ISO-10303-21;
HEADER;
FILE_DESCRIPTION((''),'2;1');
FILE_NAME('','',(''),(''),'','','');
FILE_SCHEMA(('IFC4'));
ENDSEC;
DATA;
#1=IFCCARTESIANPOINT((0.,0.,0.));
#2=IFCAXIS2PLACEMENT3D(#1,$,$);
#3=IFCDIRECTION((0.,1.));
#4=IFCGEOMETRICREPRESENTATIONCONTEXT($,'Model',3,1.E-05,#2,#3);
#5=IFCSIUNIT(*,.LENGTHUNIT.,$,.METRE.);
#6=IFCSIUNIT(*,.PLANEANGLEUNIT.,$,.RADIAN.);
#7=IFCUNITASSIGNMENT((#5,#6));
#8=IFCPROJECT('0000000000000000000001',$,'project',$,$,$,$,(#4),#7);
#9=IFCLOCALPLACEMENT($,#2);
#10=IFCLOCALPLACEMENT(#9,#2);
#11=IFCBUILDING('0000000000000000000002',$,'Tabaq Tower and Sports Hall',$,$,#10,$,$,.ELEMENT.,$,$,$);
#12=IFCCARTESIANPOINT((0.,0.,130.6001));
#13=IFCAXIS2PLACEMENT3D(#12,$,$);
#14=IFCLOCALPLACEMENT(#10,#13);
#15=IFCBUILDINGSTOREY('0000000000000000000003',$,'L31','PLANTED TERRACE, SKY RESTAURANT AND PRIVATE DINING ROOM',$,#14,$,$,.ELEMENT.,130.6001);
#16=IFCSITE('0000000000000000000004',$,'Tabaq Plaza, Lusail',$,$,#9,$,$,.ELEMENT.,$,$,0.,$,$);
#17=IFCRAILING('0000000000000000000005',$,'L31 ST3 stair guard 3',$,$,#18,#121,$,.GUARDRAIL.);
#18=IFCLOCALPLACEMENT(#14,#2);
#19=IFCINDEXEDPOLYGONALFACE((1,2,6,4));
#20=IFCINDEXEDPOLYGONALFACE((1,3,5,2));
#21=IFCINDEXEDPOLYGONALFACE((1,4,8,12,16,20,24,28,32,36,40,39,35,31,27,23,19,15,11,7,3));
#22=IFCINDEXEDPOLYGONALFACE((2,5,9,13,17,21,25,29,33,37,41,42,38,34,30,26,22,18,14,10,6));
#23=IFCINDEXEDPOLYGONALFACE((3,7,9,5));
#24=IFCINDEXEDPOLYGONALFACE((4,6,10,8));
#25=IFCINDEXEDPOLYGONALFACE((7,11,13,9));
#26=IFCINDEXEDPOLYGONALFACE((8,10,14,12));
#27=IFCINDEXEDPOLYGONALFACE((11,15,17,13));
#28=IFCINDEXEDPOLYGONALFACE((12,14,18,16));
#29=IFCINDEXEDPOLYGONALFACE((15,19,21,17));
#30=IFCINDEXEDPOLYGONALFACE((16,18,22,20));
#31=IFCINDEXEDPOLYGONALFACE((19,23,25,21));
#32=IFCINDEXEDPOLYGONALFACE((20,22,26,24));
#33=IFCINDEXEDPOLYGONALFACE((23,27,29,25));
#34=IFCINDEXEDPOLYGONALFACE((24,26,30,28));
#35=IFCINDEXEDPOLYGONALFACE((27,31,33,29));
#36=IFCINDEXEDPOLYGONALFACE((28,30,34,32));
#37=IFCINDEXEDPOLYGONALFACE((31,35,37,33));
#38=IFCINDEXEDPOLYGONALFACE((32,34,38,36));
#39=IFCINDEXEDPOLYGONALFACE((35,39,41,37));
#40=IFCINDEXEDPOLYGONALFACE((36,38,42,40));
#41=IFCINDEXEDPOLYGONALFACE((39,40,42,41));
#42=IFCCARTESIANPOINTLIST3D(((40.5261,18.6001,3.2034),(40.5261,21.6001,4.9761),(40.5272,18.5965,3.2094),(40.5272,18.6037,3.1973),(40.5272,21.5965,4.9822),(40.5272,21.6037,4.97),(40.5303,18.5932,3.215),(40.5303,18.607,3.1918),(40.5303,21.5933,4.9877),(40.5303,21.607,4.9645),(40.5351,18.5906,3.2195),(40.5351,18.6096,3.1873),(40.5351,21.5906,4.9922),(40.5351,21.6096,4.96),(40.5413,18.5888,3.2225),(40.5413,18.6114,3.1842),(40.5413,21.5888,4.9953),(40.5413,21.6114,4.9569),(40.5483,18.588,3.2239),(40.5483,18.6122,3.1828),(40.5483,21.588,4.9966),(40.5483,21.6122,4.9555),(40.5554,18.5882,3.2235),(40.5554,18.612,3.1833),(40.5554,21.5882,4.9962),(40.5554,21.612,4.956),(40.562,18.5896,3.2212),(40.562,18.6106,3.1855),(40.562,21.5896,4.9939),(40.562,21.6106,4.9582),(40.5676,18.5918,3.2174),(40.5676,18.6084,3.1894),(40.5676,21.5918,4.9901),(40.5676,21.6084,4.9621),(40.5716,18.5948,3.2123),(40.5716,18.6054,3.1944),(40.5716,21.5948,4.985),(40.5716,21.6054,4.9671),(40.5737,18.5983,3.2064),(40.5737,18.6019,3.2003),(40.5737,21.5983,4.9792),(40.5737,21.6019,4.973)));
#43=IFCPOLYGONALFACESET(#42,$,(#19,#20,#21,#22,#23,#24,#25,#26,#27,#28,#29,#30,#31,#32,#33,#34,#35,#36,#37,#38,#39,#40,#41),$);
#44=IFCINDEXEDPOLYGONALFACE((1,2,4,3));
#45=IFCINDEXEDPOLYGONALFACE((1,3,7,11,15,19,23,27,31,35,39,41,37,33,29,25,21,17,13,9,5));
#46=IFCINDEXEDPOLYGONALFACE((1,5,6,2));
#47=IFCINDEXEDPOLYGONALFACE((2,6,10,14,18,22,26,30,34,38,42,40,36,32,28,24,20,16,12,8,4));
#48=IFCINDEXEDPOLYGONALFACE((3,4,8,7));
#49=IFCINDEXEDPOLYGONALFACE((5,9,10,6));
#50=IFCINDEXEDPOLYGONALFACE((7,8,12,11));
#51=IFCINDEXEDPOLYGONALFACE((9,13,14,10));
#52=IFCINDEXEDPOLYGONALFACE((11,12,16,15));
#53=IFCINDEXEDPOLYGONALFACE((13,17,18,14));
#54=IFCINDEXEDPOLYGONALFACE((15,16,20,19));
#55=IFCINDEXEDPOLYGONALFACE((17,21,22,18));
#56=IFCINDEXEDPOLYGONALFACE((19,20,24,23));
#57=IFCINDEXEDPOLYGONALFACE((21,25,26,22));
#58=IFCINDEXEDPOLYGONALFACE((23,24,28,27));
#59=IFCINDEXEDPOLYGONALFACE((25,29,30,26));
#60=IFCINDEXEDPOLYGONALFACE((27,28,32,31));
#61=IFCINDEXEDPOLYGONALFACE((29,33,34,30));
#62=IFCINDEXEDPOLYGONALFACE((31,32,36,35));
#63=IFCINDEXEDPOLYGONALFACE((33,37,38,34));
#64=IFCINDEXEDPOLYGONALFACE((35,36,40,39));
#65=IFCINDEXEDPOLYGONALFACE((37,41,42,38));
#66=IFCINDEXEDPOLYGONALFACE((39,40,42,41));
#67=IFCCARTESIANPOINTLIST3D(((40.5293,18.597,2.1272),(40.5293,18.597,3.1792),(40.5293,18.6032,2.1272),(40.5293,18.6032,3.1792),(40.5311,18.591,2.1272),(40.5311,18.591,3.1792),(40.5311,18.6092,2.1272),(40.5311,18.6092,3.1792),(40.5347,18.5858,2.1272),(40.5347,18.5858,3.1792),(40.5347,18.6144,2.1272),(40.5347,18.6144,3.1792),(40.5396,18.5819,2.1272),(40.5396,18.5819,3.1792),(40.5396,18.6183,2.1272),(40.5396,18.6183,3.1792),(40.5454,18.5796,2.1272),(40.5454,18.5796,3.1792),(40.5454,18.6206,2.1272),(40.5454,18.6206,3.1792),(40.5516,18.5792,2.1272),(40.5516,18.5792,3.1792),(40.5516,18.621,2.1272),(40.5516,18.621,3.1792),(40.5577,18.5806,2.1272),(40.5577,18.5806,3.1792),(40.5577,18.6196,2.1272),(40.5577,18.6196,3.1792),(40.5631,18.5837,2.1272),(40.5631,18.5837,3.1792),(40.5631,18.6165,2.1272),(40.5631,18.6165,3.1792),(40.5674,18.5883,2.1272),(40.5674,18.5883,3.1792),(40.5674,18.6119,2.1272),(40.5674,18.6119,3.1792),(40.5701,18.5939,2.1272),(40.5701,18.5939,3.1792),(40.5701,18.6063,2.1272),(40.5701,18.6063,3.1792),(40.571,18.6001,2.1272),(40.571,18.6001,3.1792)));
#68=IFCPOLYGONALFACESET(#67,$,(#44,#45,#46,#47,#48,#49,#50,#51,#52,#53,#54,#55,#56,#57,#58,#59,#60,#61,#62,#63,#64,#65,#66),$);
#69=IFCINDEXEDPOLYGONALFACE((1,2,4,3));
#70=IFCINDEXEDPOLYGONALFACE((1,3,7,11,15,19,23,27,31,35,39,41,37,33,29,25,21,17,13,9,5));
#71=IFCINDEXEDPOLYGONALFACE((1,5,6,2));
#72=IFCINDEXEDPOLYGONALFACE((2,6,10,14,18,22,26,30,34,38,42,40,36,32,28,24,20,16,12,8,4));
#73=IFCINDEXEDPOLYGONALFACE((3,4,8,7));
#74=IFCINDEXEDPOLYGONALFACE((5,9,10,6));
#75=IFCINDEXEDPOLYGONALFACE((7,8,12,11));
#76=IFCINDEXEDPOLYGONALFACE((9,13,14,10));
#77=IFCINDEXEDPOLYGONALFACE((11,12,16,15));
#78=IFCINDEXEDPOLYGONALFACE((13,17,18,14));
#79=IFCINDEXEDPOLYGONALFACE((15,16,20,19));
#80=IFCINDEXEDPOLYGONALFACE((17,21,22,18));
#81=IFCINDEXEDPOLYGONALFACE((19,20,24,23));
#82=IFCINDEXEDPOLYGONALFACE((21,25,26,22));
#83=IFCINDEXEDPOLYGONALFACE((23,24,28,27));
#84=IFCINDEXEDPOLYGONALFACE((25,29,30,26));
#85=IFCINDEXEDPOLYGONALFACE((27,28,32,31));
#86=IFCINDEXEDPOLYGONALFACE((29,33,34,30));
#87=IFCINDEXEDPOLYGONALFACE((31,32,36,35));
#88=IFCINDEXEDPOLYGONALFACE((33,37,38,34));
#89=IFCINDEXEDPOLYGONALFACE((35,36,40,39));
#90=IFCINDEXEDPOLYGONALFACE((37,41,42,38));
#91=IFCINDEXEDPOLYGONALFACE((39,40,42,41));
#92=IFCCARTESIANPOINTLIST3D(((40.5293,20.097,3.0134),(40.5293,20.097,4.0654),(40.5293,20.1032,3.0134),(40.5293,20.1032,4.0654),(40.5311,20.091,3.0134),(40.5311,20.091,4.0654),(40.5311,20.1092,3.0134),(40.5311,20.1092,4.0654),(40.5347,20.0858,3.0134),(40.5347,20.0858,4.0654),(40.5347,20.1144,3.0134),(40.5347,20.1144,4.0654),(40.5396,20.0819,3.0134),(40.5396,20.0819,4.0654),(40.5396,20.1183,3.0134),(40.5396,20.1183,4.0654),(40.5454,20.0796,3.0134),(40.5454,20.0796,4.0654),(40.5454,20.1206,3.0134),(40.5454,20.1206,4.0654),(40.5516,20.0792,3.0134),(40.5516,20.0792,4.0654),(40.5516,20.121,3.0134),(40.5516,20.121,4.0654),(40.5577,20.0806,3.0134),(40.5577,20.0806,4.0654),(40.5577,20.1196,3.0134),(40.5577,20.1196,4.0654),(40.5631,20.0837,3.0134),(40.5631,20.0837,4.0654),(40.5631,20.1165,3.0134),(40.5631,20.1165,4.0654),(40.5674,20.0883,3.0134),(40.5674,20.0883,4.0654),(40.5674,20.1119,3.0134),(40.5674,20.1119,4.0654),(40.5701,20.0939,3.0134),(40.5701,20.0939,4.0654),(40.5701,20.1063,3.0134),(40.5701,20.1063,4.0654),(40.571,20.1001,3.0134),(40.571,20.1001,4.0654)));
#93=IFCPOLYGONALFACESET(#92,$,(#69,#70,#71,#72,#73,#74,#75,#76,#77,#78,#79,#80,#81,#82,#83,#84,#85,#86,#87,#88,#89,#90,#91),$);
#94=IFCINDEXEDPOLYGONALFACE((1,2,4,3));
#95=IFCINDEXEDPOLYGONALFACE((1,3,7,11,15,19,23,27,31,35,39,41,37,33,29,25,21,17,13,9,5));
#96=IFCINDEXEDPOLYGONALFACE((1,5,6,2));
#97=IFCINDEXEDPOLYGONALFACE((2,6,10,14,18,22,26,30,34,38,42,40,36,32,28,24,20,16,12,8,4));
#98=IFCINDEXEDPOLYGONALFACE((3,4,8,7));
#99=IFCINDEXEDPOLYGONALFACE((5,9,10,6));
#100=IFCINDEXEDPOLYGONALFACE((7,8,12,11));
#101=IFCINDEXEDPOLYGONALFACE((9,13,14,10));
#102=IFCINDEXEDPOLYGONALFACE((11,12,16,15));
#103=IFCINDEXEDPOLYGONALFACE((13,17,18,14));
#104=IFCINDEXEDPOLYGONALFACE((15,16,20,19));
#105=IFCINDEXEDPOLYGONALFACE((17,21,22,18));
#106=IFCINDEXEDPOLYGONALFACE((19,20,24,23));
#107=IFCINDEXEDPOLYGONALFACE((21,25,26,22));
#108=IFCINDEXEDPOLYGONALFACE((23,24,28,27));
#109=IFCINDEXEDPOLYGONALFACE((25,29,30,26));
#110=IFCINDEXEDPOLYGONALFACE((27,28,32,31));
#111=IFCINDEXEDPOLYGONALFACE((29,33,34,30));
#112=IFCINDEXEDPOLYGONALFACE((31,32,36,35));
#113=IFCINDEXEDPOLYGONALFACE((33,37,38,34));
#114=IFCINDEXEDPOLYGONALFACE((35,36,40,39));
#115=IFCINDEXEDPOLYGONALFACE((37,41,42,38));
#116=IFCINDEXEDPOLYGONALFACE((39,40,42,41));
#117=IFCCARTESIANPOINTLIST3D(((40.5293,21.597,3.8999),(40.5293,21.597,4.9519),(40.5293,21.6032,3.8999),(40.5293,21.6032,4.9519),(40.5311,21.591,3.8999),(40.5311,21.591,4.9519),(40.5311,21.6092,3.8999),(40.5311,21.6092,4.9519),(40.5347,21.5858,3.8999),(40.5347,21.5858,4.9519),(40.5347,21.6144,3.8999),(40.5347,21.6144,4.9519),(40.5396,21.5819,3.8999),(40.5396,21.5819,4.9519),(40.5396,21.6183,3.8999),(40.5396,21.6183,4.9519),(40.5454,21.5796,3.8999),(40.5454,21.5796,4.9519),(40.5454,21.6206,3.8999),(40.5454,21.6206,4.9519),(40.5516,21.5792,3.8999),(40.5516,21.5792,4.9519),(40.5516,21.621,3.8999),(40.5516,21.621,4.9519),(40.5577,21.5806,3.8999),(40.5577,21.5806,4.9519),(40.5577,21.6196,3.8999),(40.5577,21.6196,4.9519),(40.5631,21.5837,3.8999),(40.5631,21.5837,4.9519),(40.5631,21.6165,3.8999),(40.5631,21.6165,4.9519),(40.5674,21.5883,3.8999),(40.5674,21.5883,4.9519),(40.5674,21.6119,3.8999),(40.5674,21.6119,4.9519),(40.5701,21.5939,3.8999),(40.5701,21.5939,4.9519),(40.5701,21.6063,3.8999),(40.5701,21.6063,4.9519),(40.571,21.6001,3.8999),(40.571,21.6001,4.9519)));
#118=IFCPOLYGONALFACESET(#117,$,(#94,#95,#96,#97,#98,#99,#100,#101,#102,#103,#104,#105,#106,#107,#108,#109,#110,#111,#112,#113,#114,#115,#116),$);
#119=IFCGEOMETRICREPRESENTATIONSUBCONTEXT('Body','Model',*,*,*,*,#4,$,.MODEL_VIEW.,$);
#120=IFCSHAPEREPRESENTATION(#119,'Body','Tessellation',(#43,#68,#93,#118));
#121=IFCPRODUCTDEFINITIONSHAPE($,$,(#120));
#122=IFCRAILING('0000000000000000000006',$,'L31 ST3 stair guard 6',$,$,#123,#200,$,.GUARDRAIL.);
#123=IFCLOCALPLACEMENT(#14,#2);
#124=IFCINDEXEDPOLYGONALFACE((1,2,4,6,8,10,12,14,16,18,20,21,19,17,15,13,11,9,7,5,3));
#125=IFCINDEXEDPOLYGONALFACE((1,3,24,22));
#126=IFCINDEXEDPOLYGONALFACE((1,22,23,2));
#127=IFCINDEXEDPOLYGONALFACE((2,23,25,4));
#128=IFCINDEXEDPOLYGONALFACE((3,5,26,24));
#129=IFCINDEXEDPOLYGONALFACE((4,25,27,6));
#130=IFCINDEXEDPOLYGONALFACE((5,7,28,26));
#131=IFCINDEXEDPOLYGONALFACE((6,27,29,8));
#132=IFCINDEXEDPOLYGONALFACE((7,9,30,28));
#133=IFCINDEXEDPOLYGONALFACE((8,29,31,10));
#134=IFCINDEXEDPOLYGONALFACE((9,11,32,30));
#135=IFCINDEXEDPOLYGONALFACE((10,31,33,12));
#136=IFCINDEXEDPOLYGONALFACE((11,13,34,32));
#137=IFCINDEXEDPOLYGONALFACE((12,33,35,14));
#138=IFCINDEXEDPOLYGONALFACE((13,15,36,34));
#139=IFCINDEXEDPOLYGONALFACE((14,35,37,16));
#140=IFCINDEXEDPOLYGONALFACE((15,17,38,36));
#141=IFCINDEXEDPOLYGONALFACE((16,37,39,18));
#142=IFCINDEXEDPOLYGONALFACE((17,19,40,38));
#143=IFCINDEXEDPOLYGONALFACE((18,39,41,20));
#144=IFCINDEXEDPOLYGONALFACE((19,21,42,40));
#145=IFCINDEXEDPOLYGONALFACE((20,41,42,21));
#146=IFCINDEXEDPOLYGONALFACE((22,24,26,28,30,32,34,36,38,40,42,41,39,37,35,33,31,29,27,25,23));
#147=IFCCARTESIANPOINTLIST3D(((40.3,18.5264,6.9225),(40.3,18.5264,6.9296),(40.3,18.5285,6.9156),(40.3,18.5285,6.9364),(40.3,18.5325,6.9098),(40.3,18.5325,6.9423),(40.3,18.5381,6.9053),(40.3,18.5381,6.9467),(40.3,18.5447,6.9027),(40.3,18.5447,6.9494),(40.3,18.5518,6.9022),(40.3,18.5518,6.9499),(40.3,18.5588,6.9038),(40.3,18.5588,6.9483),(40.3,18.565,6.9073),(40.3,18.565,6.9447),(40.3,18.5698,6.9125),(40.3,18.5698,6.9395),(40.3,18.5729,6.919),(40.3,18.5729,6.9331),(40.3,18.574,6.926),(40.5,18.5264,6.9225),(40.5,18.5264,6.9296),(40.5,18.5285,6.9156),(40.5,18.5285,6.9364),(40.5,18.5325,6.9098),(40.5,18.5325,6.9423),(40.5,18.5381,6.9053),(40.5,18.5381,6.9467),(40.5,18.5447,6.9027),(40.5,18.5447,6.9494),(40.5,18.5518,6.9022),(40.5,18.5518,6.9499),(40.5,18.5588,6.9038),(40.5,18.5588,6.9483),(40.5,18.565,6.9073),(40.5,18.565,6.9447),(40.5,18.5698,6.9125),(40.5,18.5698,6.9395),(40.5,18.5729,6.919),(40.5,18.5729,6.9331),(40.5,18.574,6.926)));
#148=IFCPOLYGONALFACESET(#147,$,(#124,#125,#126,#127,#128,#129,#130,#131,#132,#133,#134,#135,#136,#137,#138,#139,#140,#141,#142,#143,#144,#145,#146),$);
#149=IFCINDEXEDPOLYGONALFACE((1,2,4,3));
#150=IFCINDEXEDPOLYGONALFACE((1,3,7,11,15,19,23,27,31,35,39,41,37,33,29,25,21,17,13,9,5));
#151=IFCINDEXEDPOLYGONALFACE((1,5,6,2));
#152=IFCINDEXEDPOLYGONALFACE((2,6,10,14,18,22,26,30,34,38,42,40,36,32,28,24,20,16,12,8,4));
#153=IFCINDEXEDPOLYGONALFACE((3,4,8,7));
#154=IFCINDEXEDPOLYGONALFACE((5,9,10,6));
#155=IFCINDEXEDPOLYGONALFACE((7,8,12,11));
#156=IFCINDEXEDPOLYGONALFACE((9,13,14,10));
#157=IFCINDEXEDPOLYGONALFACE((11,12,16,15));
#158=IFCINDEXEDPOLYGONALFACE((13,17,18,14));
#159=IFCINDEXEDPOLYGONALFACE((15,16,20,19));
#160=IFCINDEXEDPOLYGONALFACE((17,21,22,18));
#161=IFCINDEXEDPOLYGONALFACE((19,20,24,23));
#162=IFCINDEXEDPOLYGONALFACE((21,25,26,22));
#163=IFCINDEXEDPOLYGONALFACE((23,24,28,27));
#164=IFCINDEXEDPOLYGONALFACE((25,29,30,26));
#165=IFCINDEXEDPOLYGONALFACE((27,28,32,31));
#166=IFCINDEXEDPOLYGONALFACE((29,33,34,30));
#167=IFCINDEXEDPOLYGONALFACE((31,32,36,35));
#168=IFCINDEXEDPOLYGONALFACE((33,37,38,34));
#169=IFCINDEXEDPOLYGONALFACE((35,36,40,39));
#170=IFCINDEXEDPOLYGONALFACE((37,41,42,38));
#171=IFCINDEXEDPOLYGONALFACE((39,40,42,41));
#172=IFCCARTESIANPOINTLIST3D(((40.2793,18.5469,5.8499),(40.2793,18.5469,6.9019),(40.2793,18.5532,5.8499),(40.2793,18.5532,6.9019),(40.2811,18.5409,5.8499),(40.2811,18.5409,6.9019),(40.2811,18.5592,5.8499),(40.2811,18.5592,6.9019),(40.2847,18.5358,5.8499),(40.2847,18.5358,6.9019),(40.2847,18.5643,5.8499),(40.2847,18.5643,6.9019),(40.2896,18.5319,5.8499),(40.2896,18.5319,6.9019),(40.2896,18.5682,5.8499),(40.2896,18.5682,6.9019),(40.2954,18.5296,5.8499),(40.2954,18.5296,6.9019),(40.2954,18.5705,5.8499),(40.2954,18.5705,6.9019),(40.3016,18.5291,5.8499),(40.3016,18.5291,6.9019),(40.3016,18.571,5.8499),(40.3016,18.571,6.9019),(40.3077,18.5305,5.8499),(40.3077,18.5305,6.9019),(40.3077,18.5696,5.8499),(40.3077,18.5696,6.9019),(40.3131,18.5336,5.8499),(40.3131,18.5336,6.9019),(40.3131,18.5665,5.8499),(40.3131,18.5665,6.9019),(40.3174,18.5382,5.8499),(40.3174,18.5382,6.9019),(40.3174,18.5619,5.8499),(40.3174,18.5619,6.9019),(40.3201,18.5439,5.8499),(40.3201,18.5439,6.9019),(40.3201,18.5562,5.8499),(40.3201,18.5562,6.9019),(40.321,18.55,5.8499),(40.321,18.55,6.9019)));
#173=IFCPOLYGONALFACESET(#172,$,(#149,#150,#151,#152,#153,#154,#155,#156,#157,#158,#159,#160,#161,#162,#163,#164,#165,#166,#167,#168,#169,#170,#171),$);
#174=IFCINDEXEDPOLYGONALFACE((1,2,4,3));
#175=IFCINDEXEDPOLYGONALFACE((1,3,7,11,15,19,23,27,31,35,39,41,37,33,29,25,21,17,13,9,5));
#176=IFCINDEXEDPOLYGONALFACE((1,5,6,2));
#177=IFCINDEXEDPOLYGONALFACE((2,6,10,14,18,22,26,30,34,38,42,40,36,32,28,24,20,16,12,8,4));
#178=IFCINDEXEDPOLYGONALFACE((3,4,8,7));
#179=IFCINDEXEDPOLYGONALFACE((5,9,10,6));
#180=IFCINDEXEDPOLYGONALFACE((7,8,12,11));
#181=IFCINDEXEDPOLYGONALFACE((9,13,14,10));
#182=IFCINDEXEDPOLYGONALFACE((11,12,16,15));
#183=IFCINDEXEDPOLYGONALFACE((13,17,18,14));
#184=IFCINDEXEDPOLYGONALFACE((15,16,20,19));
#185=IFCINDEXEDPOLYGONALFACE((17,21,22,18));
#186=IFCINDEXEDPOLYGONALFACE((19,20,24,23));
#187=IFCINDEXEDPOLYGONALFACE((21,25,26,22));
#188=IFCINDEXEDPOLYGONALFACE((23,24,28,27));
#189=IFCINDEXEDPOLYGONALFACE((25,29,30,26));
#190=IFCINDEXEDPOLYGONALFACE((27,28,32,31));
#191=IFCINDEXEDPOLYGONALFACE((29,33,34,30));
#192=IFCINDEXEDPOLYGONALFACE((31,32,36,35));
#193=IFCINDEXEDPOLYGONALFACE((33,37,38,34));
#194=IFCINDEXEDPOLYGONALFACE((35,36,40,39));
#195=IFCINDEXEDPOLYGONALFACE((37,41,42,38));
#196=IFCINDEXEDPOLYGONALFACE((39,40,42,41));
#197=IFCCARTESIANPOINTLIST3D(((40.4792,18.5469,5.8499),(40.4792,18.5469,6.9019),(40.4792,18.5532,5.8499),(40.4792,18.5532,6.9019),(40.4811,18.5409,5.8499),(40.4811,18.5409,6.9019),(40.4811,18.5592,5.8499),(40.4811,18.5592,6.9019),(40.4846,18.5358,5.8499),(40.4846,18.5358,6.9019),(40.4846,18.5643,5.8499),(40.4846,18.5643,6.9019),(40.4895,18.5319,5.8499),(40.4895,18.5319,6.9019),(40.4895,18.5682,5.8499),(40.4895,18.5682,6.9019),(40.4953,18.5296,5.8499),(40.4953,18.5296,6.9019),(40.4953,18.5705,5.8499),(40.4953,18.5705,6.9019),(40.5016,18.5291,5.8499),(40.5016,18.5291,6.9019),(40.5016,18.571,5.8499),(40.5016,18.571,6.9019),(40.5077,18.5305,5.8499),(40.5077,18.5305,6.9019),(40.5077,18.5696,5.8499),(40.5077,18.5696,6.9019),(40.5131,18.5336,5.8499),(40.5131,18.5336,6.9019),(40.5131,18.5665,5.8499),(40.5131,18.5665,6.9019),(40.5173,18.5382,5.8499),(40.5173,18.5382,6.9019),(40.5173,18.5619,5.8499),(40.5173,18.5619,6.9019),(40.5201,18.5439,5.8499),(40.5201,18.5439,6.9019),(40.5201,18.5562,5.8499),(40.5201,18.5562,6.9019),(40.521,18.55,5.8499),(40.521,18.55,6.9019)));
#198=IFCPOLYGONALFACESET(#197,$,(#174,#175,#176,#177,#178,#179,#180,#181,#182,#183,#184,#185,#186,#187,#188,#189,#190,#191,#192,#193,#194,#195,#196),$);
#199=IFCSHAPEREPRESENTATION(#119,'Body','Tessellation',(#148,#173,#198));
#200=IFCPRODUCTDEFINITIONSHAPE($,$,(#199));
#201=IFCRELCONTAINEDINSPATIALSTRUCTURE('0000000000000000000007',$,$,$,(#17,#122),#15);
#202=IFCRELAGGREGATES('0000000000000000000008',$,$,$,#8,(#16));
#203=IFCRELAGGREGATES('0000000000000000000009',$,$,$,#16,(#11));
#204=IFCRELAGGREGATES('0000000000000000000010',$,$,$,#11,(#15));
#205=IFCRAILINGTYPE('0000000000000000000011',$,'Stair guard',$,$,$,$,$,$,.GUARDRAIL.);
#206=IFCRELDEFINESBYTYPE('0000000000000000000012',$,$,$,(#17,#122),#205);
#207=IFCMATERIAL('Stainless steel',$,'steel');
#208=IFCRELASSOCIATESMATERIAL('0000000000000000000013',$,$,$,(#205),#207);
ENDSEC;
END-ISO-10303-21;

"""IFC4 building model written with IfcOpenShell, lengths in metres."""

from ifc_helpers import new_model, si_unit, direction, frame, origin, origin_2d, place, context, subcontext, project, spatial, circle, extrude, material, type_object, element, save


model = new_model("IFC4")

# Units and contexts
model_context = context("Model", 3, precision=1e-05, world=origin(), true_north=direction((0.0, 1.0)))
body_context = subcontext(model_context, "Body", "Model", "MODEL_VIEW")
ifc_project = project(units=[si_unit("LENGTHUNIT", "METRE"), si_unit("PLANEANGLEUNIT", "RADIAN")], contexts=[model_context])

# Site, building, storey
site_placement = place(None, origin())
site = spatial("IfcSite", under=ifc_project, at=site_placement, Name="Tabaq Plaza, Lusail", CompositionType="ELEMENT", RefElevation=0.0)
building_placement = place(site_placement, origin())
building = spatial("IfcBuilding", under=site, at=building_placement, Name="Tabaq Tower and Sports Hall", CompositionType="ELEMENT")
storey_placement = place(building_placement, frame((0.0, 0.0, 130.6001)))
storey = spatial("IfcBuildingStorey", under=building, at=storey_placement, Name="L31", Description="PLANTED TERRACE, SKY RESTAURANT AND PRIVATE DINING ROOM", CompositionType="ELEMENT", Elevation=130.6001)

# Railings
ifc_material_1 = material(Name="Stainless steel", Category="steel")
railing_type = type_object("IfcRailingType", Name="Stair guard", PredefinedType="GUARDRAIL", material=ifc_material_1)
railing_1_placement = place(storey_placement, frame((40.55, 18.6001, 2.1272)))
element("IfcRailing", 1, at=railing_1_placement, inside=storey, type_object=railing_type, Name="L31 ST3 stair guard 3", PredefinedType="GUARDRAIL", context=body_context, shape_type="SweptSolid", body=[
    extrude(circle(Radius=0.0239, at=origin_2d()), frame((0.0, 0.0, 1.0762), z_axis=(0.0, 0.860929, 0.508725), x_axis=(-1.0, 0.0, 0.0)), (0.0, 0.0, 1.0), 3.4846),
    extrude(circle(Radius=0.021, at=origin_2d()), origin(), (0.0, 0.0, 1.0), 1.052),
    extrude(circle(Radius=0.021, at=origin_2d()), frame((0.0, 1.5, 0.8862)), (0.0, 0.0, 1.0), 1.052),
    extrude(circle(Radius=0.021, at=origin_2d()), frame((0.0, 3.0, 1.7727)), (0.0, 0.0, 1.0), 1.052),
])
railing_2_placement = place(storey_placement, frame((40.3, 18.55, 5.8499)))
element("IfcRailing", 2, at=railing_2_placement, inside=storey, type_object=railing_type, Name="L31 ST3 stair guard 6", PredefinedType="GUARDRAIL", context=body_context, shape_type="SweptSolid", body=[
    extrude(circle(Radius=0.0239, at=origin_2d()), frame((0.0, 0.0, 1.0762), z_axis=(1.0, 0.0, 0.0), x_axis=(0.0, 1.0, 0.0)), (0.0, 0.0, 1.0), 0.2),
    extrude(circle(Radius=0.021, at=origin_2d()), origin(), (0.0, 0.0, 1.0), 1.052),
    extrude(circle(Radius=0.021, at=origin_2d()), frame((0.2, 0.0, 0.0)), (0.0, 0.0, 1.0), 1.052),
])

save(model, "model.ifc")
